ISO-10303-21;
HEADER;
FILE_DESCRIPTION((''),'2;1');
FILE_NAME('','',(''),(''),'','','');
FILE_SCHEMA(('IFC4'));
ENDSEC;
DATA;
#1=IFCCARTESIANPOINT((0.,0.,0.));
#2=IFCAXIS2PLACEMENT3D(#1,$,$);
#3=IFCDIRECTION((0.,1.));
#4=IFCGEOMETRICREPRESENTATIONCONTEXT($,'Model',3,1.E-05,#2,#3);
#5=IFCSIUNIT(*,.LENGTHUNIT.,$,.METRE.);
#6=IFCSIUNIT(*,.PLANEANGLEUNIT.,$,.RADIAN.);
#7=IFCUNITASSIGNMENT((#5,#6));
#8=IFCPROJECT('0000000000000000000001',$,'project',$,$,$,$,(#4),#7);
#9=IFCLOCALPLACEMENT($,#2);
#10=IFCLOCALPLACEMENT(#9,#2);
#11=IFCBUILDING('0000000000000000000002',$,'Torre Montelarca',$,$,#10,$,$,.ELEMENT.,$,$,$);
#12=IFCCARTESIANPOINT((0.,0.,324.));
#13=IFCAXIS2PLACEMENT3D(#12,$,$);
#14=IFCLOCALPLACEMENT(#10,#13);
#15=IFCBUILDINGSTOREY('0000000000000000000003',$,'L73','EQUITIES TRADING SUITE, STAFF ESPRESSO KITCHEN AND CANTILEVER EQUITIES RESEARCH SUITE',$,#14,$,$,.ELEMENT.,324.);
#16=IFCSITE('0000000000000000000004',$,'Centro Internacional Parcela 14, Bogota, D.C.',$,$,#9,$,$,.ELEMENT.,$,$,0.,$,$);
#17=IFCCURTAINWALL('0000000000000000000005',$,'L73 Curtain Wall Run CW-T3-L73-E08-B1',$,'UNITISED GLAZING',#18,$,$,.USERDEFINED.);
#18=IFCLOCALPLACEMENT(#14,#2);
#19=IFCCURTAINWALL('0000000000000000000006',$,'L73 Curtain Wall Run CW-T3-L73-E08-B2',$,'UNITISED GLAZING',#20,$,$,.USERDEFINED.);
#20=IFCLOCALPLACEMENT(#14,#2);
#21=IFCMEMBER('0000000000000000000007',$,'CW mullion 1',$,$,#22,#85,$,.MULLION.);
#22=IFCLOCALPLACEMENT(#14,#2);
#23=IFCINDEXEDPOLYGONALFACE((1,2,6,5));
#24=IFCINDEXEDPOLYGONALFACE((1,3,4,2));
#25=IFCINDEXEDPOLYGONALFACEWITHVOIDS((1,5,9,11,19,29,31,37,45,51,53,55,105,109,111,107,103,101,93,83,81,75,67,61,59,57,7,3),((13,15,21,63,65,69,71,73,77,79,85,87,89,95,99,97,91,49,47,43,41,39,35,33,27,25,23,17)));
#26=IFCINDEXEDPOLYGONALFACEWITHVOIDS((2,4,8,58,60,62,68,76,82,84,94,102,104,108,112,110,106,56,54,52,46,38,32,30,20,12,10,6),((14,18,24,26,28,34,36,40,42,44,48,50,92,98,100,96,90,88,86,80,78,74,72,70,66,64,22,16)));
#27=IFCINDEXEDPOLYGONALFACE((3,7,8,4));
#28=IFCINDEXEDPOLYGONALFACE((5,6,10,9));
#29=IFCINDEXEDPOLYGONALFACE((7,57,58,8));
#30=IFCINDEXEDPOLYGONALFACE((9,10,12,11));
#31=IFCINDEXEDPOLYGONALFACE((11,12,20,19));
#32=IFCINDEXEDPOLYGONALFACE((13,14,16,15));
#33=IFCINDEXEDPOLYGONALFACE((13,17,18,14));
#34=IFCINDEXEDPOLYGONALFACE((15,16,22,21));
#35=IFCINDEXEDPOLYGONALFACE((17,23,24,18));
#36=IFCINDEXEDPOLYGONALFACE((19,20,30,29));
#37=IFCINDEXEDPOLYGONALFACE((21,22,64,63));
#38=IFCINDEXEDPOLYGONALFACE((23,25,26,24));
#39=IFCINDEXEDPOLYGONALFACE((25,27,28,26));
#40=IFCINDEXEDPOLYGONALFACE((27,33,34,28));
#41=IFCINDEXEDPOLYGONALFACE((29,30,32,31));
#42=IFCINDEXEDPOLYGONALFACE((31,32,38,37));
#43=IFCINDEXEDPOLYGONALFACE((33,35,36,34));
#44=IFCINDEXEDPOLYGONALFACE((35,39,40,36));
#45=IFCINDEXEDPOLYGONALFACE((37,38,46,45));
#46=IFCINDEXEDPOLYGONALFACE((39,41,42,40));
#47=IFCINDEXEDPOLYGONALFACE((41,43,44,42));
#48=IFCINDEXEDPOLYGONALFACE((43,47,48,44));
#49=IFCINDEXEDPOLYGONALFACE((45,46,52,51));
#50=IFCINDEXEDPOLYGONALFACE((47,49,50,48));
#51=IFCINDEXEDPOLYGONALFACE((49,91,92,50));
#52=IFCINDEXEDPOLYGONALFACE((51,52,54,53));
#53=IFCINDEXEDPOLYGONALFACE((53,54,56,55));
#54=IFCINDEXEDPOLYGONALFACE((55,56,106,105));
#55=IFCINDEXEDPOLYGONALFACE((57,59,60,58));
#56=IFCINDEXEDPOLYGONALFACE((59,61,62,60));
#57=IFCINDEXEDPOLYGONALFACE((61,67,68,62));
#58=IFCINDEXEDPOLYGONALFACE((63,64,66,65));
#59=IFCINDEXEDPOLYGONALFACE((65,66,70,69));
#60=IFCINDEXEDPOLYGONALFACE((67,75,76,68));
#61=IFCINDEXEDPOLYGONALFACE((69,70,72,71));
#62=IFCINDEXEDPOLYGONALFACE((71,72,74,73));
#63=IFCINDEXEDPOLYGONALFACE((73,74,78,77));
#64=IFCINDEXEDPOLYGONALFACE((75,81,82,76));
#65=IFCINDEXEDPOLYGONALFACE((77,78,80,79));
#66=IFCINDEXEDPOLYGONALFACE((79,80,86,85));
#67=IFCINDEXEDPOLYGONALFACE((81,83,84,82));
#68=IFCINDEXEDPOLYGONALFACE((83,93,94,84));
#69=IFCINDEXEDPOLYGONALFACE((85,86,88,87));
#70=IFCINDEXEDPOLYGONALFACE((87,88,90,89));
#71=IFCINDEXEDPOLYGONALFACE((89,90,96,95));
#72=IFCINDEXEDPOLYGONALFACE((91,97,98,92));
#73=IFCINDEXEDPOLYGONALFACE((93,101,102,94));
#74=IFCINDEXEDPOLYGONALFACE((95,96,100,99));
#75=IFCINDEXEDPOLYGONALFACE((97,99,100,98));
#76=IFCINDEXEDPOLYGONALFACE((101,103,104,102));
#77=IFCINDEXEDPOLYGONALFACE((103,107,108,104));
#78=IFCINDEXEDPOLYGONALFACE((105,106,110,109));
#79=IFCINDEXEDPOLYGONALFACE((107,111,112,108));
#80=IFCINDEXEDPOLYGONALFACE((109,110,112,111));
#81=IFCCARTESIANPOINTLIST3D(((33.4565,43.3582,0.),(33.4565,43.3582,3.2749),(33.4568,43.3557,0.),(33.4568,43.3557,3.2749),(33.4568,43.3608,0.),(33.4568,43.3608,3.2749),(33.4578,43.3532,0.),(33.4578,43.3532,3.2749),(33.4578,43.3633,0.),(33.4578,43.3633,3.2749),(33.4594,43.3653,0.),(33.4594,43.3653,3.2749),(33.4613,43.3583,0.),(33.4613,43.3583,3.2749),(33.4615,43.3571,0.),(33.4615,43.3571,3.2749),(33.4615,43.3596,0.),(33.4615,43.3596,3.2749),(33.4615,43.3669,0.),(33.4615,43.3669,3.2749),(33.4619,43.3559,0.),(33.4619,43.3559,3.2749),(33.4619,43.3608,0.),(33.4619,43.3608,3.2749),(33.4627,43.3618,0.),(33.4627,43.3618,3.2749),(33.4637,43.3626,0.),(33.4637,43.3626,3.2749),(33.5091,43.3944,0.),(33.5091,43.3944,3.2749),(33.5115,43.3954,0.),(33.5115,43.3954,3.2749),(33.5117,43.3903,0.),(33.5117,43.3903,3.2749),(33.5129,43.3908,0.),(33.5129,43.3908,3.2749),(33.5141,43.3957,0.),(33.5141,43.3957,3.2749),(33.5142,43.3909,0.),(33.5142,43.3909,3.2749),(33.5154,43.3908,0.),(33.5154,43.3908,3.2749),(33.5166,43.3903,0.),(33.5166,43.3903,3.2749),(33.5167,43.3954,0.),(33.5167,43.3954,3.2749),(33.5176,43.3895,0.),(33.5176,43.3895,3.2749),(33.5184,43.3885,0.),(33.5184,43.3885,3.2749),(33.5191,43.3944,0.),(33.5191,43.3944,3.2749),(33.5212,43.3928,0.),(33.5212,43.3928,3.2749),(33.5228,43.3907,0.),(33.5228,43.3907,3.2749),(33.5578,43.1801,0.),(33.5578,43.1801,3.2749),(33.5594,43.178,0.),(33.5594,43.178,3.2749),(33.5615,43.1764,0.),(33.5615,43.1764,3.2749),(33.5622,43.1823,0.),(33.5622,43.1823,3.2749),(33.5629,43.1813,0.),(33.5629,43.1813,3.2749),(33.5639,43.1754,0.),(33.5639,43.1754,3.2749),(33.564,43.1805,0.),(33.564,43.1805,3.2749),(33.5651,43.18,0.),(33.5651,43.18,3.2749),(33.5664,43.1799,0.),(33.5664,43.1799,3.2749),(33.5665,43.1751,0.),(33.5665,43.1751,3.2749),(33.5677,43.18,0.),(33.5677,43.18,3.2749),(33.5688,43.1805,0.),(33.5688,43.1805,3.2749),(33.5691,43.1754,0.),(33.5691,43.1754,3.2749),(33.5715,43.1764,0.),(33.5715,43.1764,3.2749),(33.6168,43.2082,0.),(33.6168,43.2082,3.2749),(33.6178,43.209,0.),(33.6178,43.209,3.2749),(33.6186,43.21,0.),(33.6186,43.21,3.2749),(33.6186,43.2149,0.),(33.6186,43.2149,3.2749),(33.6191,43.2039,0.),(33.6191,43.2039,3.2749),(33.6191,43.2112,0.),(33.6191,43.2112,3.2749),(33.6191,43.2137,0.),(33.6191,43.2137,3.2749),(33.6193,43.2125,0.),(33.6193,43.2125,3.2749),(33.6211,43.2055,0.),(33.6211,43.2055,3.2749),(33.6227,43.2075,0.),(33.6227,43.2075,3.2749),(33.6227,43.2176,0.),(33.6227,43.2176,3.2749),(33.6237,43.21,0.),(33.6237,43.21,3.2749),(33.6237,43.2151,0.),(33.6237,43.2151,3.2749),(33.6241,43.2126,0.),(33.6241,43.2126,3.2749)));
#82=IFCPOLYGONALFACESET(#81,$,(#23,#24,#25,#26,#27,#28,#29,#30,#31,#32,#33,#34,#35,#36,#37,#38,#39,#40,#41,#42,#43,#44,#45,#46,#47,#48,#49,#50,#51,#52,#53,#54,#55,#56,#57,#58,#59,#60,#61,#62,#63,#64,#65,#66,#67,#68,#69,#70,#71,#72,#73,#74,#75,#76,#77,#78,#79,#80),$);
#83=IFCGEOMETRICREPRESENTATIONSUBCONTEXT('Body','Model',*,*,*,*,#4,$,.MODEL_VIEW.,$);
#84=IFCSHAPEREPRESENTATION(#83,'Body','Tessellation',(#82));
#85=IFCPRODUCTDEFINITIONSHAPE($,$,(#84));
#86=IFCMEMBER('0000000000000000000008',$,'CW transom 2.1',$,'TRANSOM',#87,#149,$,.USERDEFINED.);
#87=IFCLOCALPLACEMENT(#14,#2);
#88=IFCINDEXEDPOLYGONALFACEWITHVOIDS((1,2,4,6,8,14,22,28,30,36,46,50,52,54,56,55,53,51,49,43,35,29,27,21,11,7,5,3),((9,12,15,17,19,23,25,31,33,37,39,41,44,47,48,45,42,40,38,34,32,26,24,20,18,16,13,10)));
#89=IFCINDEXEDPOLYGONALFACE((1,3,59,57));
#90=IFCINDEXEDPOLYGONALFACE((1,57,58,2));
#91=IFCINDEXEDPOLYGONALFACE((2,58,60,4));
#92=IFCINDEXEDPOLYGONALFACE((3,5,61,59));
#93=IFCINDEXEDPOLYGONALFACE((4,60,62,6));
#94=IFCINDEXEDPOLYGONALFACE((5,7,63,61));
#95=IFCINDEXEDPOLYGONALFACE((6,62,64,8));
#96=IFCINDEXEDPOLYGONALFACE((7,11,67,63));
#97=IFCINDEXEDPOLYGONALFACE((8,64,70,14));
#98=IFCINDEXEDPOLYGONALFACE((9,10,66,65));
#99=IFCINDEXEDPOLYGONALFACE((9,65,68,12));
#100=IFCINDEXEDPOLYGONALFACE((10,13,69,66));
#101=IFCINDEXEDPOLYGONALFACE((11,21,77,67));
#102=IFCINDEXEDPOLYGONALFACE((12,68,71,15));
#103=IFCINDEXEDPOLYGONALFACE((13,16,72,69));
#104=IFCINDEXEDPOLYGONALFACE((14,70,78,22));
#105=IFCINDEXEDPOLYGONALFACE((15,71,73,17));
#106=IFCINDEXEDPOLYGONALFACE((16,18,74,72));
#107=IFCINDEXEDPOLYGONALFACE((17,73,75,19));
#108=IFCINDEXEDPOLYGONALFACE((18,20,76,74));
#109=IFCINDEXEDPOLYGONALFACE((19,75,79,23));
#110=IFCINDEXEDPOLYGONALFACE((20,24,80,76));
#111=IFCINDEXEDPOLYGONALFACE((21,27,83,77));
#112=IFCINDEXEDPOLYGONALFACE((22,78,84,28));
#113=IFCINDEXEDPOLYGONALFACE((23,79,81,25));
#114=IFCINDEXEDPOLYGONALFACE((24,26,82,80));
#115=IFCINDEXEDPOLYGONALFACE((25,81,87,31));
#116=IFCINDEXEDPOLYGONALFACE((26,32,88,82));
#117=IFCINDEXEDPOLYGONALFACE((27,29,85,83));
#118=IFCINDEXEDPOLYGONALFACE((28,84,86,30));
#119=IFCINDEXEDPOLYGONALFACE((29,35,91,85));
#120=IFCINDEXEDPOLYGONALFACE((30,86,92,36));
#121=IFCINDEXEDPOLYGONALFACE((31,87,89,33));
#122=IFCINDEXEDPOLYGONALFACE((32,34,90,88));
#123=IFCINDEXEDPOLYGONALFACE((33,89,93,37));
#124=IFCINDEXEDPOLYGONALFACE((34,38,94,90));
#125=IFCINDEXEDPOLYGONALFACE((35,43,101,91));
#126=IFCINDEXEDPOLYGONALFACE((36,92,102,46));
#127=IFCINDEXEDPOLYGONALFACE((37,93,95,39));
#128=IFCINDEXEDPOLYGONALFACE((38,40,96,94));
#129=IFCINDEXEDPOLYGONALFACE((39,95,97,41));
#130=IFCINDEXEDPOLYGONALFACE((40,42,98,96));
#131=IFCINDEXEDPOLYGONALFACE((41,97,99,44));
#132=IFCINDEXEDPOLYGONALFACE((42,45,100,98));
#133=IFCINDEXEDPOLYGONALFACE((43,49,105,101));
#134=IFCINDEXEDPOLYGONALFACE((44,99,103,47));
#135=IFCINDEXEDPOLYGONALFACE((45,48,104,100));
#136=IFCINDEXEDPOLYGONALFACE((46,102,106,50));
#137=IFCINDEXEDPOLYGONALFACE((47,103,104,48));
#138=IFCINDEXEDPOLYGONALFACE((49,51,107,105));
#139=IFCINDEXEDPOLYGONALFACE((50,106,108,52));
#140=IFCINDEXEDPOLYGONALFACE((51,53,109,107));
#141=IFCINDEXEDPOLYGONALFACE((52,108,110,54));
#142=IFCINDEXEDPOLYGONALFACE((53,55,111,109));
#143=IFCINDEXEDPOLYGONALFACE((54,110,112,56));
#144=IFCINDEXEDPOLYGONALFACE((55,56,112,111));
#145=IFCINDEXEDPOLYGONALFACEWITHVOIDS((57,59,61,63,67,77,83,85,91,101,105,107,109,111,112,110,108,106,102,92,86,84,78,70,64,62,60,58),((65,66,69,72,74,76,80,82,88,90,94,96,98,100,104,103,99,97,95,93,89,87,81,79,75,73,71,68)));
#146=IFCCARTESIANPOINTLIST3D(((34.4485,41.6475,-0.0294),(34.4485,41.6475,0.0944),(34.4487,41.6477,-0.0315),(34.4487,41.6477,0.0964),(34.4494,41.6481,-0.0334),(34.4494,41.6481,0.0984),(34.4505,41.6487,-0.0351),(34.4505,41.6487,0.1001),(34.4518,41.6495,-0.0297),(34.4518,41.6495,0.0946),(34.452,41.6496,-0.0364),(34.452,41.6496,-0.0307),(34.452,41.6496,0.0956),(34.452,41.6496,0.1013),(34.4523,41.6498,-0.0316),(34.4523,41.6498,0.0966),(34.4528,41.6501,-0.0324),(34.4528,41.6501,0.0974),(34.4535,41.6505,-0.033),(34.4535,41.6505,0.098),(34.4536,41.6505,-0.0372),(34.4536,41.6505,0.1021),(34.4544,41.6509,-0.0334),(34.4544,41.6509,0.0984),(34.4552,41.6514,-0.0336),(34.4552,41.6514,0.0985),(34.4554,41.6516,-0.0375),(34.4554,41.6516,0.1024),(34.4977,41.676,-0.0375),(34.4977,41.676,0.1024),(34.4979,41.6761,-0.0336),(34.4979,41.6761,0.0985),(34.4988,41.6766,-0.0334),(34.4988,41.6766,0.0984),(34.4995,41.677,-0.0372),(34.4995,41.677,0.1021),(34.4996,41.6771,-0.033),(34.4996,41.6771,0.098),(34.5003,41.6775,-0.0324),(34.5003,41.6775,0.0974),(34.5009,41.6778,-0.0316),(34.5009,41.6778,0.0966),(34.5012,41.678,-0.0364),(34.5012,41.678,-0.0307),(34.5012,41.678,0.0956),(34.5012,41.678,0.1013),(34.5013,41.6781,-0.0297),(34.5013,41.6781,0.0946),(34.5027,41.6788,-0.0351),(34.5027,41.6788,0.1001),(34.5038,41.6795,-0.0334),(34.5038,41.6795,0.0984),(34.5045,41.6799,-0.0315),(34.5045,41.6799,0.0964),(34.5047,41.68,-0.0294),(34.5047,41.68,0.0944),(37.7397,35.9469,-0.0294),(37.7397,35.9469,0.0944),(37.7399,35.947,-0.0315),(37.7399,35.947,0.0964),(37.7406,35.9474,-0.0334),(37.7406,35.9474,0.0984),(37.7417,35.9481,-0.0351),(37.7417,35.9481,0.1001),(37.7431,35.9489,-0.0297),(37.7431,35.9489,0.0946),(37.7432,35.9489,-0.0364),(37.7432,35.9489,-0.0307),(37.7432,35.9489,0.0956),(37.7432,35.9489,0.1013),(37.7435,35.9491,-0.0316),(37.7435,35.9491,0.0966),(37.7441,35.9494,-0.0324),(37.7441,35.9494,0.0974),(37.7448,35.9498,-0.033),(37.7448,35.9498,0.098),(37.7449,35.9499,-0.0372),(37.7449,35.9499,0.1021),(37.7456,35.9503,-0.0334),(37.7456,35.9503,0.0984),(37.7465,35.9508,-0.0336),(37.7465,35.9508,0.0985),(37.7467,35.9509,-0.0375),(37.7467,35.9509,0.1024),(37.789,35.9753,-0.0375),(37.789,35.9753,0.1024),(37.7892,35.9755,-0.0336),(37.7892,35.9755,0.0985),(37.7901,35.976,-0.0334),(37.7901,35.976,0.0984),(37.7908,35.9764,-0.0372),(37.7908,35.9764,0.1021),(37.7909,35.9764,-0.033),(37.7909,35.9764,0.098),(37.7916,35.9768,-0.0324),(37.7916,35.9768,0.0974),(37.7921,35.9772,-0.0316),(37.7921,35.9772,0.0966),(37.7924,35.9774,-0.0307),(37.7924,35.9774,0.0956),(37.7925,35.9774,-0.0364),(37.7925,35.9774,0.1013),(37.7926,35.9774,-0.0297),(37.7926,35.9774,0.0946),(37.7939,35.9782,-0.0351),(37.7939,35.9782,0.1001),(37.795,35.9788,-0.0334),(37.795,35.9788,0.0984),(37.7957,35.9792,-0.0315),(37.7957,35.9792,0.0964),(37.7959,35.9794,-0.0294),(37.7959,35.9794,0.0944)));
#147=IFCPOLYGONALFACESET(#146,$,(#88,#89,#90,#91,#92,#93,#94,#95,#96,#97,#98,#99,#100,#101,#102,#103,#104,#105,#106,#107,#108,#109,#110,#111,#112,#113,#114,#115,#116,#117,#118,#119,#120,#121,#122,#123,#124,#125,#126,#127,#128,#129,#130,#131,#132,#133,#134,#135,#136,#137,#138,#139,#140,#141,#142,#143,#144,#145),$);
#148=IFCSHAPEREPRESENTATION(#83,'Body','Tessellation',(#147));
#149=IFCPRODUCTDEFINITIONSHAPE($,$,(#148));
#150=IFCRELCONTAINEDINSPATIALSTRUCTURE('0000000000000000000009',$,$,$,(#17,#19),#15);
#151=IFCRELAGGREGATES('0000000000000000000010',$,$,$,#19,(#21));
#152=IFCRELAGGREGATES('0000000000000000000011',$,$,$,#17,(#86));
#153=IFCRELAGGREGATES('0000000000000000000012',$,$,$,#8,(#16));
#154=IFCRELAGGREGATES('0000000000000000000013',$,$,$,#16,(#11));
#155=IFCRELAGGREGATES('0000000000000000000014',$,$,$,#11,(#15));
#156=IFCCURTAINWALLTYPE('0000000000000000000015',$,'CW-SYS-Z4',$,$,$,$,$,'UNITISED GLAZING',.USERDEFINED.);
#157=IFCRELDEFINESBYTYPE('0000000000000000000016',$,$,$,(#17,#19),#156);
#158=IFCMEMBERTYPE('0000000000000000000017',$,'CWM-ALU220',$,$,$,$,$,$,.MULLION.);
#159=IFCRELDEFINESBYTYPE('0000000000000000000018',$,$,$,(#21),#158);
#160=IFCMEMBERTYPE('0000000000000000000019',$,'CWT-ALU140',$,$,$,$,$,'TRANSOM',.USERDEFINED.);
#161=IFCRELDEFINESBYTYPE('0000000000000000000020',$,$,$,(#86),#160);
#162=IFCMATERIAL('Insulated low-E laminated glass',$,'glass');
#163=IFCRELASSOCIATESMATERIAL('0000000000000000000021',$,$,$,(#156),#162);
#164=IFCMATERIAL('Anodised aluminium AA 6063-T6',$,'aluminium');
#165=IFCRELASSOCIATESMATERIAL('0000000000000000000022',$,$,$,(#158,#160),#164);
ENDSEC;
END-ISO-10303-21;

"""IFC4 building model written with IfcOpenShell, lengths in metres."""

from ifc_helpers import new_model, si_unit, direction, frame, origin, origin_2d, place, context, subcontext, project, spatial, hollow_rectangle, extrude, source, transform, mapped, material, material_profile, profile_set, type_object, element, aggregate, save


model = new_model("IFC4")

# Units and contexts
model_context = context("Model", 3, precision=1e-05, world=origin(), true_north=direction((0.0, 1.0)))
body_context = subcontext(model_context, "Body", "Model", "MODEL_VIEW")
ifc_project = project(units=[si_unit("LENGTHUNIT", "METRE"), si_unit("PLANEANGLEUNIT", "RADIAN")], contexts=[model_context])

# Site, building, storey
site_placement = place(None, origin())
site = spatial("IfcSite", under=ifc_project, at=site_placement, Name="Centro Internacional Parcela 14, Bogota, D.C.", CompositionType="ELEMENT", RefElevation=0.0)
building_placement = place(site_placement, origin())
building = spatial("IfcBuilding", under=site, at=building_placement, Name="Torre Montelarca", CompositionType="ELEMENT")
storey_placement = place(building_placement, frame((0.0, 0.0, 324.0)))
storey = spatial("IfcBuildingStorey", under=building, at=storey_placement, Name="L73", Description="EQUITIES TRADING SUITE, STAFF ESPRESSO KITCHEN AND CANTILEVER EQUITIES RESEARCH SUITE", CompositionType="ELEMENT", Elevation=324.0)

# Curtain wall
ifc_material_1 = material(Name="Insulated low-E laminated glass", Category="glass")
curtain_wall_type = type_object("IfcCurtainWallType", Name="CW-SYS-Z4", ElementType="UNITISED GLAZING", PredefinedType="USERDEFINED", material=ifc_material_1)
curtain_wall_1_placement = place(storey_placement, origin())
curtain_wall_1 = element("IfcCurtainWall", 1, at=curtain_wall_1_placement, inside=storey, type_object=curtain_wall_type, Name="L73 Curtain Wall Run CW-T3-L73-E08-B1", ObjectType="UNITISED GLAZING", PredefinedType="USERDEFINED")
ifc_material_2 = material(Name="Anodised aluminium AA 6063-T6", Category="aluminium")
ifc_material_profile_1 = material_profile(ifc_material_2, hollow_rectangle(XDim=0.075, YDim=0.22, WallThickness=0.0049, InnerFilletRadius=0.0049, OuterFilletRadius=0.01, at=origin_2d()), Name="ALU75X220X5", Category="aluminium")
ifc_profile_set_1 = profile_set([ifc_material_profile_1], Name="Anodised aluminium AA 6063-T6")
member_type_1 = type_object("IfcMemberType", Name="CWM-ALU220", PredefinedType="MULLION", material=ifc_profile_set_1)
shared_shape_1 = source(origin(), body_context, "Body", "SweptSolid", [
    extrude(hollow_rectangle(XDim=0.075, YDim=0.22, WallThickness=0.0049, InnerFilletRadius=0.0049, OuterFilletRadius=0.01, at=origin_2d()), origin(), (0.0, 0.0, 1.0), 3.2749),
])

# Curtain wall, member
curtain_wall_2_placement = place(storey_placement, origin())
curtain_wall_2 = element("IfcCurtainWall", 2, at=curtain_wall_2_placement, inside=storey, type_object=curtain_wall_type, Name="L73 Curtain Wall Run CW-T3-L73-E08-B2", ObjectType="UNITISED GLAZING", PredefinedType="USERDEFINED")
member_1_placement = place(storey_placement, frame((33.5403, 43.2854, 0.0), z_axis=(0.0, 0.0, 1.0), x_axis=(-0.866026, -0.499999, 0.0)))
member_1 = element("IfcMember", 3, at=member_1_placement, type_object=member_type_1, Name="CW mullion 1", PredefinedType="MULLION", context=body_context, shape_type="MappedRepresentation", body=[
    mapped(shared_shape_1, transform((0.0, 0.0, 0.0), scale=1.0)),
])

# Member
ifc_material_profile_2 = material_profile(ifc_material_2, hollow_rectangle(XDim=0.0649, YDim=0.1399, WallThickness=0.0039, InnerFilletRadius=0.0039, OuterFilletRadius=0.0081, at=origin_2d()), Name="ALU65X140X4", Category="aluminium")
ifc_profile_set_2 = profile_set([ifc_material_profile_2], Name="Anodised aluminium AA 6063-T6")
member_type_2 = type_object("IfcMemberType", Name="CWT-ALU140", ElementType="TRANSOM", PredefinedType="USERDEFINED", material=ifc_profile_set_2)
shared_shape_2 = source(origin(), body_context, "Body", "SweptSolid", [
    extrude(hollow_rectangle(XDim=0.0649, YDim=0.1399, WallThickness=0.0039, InnerFilletRadius=0.0039, OuterFilletRadius=0.0081, at=origin_2d()), origin(), (0.0, 0.0, 1.0), 6.5825),
])
member_2_placement = place(storey_placement, frame((37.7678, 35.9631, 0.0325), z_axis=(-0.499996, 0.866027, 0.0), x_axis=(-0.866027, -0.499996, 0.0)))
member_2 = element("IfcMember", 4, at=member_2_placement, type_object=member_type_2, Name="CW transom 2.1", ObjectType="TRANSOM", PredefinedType="USERDEFINED", context=body_context, shape_type="MappedRepresentation", body=[
    mapped(shared_shape_2, transform((0.0, 0.0, 0.0), scale=1.0)),
])
aggregate(curtain_wall_2, [member_1])

aggregate(curtain_wall_1, [member_2])

save(model, "model.ifc")
